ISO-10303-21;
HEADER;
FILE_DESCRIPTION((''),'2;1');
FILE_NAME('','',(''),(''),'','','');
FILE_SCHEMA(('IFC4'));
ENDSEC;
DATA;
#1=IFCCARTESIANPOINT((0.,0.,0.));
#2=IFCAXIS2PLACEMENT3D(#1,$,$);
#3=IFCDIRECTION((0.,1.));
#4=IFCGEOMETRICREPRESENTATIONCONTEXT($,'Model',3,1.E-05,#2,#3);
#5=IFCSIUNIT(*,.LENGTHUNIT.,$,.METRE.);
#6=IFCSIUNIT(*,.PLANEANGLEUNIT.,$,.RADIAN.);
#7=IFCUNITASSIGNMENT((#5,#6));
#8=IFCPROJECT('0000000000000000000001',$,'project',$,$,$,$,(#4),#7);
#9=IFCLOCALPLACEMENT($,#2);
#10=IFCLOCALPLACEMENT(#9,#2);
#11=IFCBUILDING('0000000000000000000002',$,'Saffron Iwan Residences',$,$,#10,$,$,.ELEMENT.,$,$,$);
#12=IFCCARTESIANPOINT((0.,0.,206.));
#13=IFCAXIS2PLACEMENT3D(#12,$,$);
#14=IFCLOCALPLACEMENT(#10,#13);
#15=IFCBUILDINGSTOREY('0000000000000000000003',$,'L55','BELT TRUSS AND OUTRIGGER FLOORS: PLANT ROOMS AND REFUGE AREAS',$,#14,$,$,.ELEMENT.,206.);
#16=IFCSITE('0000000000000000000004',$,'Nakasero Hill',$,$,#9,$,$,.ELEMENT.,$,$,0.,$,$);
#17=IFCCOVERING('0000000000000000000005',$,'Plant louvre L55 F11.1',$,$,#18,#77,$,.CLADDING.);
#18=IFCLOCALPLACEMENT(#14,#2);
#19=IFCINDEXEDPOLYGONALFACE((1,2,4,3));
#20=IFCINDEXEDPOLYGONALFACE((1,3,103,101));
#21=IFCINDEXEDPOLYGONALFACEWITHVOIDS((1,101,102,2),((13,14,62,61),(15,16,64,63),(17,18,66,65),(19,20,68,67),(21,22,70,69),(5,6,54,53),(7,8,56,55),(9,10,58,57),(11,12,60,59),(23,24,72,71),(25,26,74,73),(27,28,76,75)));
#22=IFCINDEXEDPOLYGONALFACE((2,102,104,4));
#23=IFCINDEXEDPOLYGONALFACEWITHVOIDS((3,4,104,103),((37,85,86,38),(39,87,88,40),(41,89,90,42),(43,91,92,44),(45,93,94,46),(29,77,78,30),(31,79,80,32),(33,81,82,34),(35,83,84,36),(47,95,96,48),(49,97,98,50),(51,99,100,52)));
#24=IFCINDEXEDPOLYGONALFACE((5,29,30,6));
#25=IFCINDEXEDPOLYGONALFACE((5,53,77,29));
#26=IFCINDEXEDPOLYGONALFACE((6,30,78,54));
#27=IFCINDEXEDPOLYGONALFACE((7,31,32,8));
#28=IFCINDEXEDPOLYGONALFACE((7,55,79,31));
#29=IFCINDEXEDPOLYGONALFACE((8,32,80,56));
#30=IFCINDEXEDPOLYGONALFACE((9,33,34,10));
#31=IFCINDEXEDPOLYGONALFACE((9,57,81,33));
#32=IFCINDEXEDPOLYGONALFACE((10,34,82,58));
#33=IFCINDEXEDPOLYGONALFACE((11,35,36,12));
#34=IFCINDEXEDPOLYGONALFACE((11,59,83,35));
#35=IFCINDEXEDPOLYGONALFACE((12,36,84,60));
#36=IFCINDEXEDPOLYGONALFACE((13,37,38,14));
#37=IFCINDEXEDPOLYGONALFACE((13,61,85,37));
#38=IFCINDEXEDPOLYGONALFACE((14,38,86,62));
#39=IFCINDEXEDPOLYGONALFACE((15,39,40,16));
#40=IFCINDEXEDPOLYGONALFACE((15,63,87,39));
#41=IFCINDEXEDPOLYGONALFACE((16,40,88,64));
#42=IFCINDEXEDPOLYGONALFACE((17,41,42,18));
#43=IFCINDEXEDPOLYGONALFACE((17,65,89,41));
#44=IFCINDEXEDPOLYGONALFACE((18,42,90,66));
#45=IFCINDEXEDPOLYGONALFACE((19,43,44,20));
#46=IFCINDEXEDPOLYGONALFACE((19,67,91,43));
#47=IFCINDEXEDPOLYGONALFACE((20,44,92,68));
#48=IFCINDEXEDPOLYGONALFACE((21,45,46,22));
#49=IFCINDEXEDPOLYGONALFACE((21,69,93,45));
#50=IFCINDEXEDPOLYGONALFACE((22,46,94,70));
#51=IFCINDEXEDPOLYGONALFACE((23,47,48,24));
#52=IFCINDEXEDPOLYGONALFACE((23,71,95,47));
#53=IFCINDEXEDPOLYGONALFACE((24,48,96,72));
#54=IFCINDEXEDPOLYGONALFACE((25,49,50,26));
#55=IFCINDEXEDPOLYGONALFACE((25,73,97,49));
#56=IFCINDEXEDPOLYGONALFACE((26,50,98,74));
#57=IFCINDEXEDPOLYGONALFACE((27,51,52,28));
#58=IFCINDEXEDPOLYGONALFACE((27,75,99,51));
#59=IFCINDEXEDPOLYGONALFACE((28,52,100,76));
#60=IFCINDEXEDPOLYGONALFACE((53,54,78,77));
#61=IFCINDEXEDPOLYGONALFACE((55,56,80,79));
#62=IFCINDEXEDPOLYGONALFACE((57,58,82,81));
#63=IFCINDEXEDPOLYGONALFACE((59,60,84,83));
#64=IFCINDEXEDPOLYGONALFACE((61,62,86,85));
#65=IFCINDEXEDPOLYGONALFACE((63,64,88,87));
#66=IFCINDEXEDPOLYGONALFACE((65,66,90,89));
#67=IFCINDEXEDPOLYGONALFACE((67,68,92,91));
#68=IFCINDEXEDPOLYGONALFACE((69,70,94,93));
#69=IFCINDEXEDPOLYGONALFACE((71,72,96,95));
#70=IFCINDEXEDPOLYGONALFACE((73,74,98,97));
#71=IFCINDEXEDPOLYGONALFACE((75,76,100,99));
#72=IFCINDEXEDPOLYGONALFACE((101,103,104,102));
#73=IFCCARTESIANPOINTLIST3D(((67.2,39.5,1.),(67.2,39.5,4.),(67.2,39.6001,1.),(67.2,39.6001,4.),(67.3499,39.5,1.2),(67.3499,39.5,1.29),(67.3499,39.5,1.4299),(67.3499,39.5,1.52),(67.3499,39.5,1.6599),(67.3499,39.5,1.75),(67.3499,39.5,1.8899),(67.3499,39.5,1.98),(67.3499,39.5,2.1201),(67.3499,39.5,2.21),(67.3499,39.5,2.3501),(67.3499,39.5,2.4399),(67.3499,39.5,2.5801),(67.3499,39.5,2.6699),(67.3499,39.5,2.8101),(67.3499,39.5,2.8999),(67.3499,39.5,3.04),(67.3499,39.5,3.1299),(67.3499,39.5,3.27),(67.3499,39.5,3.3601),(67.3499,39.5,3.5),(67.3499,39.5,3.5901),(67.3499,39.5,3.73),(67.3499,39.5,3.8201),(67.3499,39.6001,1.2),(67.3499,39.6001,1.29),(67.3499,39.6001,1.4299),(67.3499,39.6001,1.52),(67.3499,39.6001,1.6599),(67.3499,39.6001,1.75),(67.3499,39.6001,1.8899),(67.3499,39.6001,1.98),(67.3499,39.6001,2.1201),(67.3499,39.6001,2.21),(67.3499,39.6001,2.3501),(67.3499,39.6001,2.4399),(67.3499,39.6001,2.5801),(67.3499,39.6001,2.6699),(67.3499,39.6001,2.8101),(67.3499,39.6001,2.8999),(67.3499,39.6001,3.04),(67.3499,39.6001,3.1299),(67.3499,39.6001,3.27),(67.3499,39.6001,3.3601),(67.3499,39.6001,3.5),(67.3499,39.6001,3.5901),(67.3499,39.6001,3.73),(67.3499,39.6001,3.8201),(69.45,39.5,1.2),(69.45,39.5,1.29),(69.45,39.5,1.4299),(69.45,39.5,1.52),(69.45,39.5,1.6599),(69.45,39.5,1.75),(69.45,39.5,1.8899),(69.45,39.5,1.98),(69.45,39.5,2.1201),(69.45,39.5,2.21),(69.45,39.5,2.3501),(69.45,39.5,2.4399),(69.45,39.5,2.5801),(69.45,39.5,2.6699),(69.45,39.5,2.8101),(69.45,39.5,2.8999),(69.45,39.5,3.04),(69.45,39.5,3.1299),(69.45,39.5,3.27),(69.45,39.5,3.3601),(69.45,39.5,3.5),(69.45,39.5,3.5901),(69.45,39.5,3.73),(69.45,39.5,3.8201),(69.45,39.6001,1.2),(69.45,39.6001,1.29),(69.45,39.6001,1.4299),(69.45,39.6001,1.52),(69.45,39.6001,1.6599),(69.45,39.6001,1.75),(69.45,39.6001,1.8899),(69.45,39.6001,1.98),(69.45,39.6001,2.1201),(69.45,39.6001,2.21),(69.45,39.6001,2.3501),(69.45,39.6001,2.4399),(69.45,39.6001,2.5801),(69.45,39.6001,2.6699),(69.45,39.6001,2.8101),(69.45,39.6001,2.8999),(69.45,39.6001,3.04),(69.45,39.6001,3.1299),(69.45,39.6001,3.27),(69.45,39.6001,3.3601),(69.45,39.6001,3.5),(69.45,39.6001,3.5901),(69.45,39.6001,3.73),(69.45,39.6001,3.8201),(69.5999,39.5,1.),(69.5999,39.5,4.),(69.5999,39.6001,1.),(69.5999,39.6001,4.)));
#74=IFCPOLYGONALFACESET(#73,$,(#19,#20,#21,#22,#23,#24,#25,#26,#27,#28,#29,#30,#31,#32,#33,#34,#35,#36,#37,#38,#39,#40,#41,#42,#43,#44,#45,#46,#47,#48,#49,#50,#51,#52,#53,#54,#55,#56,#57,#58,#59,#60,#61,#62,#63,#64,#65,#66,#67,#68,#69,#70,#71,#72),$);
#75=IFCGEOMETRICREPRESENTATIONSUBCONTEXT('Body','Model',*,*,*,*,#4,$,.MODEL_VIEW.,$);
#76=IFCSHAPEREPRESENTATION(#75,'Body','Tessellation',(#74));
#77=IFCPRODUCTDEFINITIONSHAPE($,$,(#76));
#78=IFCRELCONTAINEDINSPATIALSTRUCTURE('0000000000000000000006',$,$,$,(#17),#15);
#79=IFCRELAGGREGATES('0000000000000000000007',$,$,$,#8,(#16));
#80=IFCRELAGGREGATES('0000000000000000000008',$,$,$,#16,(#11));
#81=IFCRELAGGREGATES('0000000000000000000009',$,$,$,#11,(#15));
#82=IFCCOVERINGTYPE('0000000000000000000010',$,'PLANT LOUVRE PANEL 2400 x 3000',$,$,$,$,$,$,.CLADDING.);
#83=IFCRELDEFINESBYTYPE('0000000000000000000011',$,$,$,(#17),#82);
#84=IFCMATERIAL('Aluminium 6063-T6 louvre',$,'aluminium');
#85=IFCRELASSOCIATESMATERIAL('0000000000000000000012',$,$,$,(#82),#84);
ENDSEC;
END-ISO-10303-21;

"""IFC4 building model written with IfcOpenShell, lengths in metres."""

from ifc_helpers import new_model, si_unit, direction, frame, origin, place, context, subcontext, project, spatial, polyline, outline, extrude, material, type_object, element, save


model = new_model("IFC4")

# Units and contexts
model_context = context("Model", 3, precision=1e-05, world=origin(), true_north=direction((0.0, 1.0)))
body_context = subcontext(model_context, "Body", "Model", "MODEL_VIEW")
ifc_project = project(units=[si_unit("LENGTHUNIT", "METRE"), si_unit("PLANEANGLEUNIT", "RADIAN")], contexts=[model_context])

# Site, building, storey
site_placement = place(None, origin())
site = spatial("IfcSite", under=ifc_project, at=site_placement, Name="Nakasero Hill", CompositionType="ELEMENT", RefElevation=0.0)
building_placement = place(site_placement, origin())
building = spatial("IfcBuilding", under=site, at=building_placement, Name="Saffron Iwan Residences", CompositionType="ELEMENT")
storey_placement = place(building_placement, frame((0.0, 0.0, 206.0)))
storey = spatial("IfcBuildingStorey", under=building, at=storey_placement, Name="L55", Description="BELT TRUSS AND OUTRIGGER FLOORS: PLANT ROOMS AND REFUGE AREAS", CompositionType="ELEMENT", Elevation=206.0)

# Covering
ifc_material_1 = material(Name="Aluminium 6063-T6 louvre", Category="aluminium")
covering_type_1 = type_object("IfcCoveringType", Name="PLANT LOUVRE PANEL 2400 x 3000", PredefinedType="CLADDING", material=ifc_material_1)
covering_1_placement = place(storey_placement, frame((67.2, 39.6001, 1.0), z_axis=(0.0, -1.0, 0.0), x_axis=(1.0, 0.0, 0.0)))
element("IfcCovering", 1, at=covering_1_placement, inside=storey, type_object=covering_type_1, Name="Plant louvre L55 F11.1", PredefinedType="CLADDING", context=body_context, shape_type="SweptSolid", body=[
    extrude(outline(polyline([(0.0, 0.0), (2.3999, 0.0), (2.3999, 3.0), (0.0, 3.0), (0.0, 0.0)]), holes=[polyline([(0.1499, 0.2), (2.25, 0.2), (2.25, 0.29), (0.1499, 0.29), (0.1499, 0.2)]), polyline([(0.1499, 0.4299), (2.25, 0.4299), (2.25, 0.52), (0.1499, 0.52), (0.1499, 0.4299)]), polyline([(0.1499, 0.6599), (2.25, 0.6599), (2.25, 0.75), (0.1499, 0.75), (0.1499, 0.6599)]), polyline([(0.1499, 0.8899), (2.25, 0.8899), (2.25, 0.98), (0.1499, 0.98), (0.1499, 0.8899)]), polyline([(0.1499, 1.1201), (2.25, 1.1201), (2.25, 1.21), (0.1499, 1.21), (0.1499, 1.1201)]), polyline([(0.1499, 1.3501), (2.25, 1.3501), (2.25, 1.4399), (0.1499, 1.4399), (0.1499, 1.3501)]), polyline([(0.1499, 1.5801), (2.25, 1.5801), (2.25, 1.6699), (0.1499, 1.6699), (0.1499, 1.5801)]), polyline([(0.1499, 1.8101), (2.25, 1.8101), (2.25, 1.8999), (0.1499, 1.8999), (0.1499, 1.8101)]), polyline([(0.1499, 2.04), (2.25, 2.04), (2.25, 2.1299), (0.1499, 2.1299), (0.1499, 2.04)]), polyline([(0.1499, 2.27), (2.25, 2.27), (2.25, 2.3601), (0.1499, 2.3601), (0.1499, 2.27)]), polyline([(0.1499, 2.5), (2.25, 2.5), (2.25, 2.5901), (0.1499, 2.5901), (0.1499, 2.5)]), polyline([(0.1499, 2.73), (2.25, 2.73), (2.25, 2.8201), (0.1499, 2.8201), (0.1499, 2.73)])]), origin(), (0.0, 0.0, 1.0), 0.1001),
])

save(model, "model.ifc")
